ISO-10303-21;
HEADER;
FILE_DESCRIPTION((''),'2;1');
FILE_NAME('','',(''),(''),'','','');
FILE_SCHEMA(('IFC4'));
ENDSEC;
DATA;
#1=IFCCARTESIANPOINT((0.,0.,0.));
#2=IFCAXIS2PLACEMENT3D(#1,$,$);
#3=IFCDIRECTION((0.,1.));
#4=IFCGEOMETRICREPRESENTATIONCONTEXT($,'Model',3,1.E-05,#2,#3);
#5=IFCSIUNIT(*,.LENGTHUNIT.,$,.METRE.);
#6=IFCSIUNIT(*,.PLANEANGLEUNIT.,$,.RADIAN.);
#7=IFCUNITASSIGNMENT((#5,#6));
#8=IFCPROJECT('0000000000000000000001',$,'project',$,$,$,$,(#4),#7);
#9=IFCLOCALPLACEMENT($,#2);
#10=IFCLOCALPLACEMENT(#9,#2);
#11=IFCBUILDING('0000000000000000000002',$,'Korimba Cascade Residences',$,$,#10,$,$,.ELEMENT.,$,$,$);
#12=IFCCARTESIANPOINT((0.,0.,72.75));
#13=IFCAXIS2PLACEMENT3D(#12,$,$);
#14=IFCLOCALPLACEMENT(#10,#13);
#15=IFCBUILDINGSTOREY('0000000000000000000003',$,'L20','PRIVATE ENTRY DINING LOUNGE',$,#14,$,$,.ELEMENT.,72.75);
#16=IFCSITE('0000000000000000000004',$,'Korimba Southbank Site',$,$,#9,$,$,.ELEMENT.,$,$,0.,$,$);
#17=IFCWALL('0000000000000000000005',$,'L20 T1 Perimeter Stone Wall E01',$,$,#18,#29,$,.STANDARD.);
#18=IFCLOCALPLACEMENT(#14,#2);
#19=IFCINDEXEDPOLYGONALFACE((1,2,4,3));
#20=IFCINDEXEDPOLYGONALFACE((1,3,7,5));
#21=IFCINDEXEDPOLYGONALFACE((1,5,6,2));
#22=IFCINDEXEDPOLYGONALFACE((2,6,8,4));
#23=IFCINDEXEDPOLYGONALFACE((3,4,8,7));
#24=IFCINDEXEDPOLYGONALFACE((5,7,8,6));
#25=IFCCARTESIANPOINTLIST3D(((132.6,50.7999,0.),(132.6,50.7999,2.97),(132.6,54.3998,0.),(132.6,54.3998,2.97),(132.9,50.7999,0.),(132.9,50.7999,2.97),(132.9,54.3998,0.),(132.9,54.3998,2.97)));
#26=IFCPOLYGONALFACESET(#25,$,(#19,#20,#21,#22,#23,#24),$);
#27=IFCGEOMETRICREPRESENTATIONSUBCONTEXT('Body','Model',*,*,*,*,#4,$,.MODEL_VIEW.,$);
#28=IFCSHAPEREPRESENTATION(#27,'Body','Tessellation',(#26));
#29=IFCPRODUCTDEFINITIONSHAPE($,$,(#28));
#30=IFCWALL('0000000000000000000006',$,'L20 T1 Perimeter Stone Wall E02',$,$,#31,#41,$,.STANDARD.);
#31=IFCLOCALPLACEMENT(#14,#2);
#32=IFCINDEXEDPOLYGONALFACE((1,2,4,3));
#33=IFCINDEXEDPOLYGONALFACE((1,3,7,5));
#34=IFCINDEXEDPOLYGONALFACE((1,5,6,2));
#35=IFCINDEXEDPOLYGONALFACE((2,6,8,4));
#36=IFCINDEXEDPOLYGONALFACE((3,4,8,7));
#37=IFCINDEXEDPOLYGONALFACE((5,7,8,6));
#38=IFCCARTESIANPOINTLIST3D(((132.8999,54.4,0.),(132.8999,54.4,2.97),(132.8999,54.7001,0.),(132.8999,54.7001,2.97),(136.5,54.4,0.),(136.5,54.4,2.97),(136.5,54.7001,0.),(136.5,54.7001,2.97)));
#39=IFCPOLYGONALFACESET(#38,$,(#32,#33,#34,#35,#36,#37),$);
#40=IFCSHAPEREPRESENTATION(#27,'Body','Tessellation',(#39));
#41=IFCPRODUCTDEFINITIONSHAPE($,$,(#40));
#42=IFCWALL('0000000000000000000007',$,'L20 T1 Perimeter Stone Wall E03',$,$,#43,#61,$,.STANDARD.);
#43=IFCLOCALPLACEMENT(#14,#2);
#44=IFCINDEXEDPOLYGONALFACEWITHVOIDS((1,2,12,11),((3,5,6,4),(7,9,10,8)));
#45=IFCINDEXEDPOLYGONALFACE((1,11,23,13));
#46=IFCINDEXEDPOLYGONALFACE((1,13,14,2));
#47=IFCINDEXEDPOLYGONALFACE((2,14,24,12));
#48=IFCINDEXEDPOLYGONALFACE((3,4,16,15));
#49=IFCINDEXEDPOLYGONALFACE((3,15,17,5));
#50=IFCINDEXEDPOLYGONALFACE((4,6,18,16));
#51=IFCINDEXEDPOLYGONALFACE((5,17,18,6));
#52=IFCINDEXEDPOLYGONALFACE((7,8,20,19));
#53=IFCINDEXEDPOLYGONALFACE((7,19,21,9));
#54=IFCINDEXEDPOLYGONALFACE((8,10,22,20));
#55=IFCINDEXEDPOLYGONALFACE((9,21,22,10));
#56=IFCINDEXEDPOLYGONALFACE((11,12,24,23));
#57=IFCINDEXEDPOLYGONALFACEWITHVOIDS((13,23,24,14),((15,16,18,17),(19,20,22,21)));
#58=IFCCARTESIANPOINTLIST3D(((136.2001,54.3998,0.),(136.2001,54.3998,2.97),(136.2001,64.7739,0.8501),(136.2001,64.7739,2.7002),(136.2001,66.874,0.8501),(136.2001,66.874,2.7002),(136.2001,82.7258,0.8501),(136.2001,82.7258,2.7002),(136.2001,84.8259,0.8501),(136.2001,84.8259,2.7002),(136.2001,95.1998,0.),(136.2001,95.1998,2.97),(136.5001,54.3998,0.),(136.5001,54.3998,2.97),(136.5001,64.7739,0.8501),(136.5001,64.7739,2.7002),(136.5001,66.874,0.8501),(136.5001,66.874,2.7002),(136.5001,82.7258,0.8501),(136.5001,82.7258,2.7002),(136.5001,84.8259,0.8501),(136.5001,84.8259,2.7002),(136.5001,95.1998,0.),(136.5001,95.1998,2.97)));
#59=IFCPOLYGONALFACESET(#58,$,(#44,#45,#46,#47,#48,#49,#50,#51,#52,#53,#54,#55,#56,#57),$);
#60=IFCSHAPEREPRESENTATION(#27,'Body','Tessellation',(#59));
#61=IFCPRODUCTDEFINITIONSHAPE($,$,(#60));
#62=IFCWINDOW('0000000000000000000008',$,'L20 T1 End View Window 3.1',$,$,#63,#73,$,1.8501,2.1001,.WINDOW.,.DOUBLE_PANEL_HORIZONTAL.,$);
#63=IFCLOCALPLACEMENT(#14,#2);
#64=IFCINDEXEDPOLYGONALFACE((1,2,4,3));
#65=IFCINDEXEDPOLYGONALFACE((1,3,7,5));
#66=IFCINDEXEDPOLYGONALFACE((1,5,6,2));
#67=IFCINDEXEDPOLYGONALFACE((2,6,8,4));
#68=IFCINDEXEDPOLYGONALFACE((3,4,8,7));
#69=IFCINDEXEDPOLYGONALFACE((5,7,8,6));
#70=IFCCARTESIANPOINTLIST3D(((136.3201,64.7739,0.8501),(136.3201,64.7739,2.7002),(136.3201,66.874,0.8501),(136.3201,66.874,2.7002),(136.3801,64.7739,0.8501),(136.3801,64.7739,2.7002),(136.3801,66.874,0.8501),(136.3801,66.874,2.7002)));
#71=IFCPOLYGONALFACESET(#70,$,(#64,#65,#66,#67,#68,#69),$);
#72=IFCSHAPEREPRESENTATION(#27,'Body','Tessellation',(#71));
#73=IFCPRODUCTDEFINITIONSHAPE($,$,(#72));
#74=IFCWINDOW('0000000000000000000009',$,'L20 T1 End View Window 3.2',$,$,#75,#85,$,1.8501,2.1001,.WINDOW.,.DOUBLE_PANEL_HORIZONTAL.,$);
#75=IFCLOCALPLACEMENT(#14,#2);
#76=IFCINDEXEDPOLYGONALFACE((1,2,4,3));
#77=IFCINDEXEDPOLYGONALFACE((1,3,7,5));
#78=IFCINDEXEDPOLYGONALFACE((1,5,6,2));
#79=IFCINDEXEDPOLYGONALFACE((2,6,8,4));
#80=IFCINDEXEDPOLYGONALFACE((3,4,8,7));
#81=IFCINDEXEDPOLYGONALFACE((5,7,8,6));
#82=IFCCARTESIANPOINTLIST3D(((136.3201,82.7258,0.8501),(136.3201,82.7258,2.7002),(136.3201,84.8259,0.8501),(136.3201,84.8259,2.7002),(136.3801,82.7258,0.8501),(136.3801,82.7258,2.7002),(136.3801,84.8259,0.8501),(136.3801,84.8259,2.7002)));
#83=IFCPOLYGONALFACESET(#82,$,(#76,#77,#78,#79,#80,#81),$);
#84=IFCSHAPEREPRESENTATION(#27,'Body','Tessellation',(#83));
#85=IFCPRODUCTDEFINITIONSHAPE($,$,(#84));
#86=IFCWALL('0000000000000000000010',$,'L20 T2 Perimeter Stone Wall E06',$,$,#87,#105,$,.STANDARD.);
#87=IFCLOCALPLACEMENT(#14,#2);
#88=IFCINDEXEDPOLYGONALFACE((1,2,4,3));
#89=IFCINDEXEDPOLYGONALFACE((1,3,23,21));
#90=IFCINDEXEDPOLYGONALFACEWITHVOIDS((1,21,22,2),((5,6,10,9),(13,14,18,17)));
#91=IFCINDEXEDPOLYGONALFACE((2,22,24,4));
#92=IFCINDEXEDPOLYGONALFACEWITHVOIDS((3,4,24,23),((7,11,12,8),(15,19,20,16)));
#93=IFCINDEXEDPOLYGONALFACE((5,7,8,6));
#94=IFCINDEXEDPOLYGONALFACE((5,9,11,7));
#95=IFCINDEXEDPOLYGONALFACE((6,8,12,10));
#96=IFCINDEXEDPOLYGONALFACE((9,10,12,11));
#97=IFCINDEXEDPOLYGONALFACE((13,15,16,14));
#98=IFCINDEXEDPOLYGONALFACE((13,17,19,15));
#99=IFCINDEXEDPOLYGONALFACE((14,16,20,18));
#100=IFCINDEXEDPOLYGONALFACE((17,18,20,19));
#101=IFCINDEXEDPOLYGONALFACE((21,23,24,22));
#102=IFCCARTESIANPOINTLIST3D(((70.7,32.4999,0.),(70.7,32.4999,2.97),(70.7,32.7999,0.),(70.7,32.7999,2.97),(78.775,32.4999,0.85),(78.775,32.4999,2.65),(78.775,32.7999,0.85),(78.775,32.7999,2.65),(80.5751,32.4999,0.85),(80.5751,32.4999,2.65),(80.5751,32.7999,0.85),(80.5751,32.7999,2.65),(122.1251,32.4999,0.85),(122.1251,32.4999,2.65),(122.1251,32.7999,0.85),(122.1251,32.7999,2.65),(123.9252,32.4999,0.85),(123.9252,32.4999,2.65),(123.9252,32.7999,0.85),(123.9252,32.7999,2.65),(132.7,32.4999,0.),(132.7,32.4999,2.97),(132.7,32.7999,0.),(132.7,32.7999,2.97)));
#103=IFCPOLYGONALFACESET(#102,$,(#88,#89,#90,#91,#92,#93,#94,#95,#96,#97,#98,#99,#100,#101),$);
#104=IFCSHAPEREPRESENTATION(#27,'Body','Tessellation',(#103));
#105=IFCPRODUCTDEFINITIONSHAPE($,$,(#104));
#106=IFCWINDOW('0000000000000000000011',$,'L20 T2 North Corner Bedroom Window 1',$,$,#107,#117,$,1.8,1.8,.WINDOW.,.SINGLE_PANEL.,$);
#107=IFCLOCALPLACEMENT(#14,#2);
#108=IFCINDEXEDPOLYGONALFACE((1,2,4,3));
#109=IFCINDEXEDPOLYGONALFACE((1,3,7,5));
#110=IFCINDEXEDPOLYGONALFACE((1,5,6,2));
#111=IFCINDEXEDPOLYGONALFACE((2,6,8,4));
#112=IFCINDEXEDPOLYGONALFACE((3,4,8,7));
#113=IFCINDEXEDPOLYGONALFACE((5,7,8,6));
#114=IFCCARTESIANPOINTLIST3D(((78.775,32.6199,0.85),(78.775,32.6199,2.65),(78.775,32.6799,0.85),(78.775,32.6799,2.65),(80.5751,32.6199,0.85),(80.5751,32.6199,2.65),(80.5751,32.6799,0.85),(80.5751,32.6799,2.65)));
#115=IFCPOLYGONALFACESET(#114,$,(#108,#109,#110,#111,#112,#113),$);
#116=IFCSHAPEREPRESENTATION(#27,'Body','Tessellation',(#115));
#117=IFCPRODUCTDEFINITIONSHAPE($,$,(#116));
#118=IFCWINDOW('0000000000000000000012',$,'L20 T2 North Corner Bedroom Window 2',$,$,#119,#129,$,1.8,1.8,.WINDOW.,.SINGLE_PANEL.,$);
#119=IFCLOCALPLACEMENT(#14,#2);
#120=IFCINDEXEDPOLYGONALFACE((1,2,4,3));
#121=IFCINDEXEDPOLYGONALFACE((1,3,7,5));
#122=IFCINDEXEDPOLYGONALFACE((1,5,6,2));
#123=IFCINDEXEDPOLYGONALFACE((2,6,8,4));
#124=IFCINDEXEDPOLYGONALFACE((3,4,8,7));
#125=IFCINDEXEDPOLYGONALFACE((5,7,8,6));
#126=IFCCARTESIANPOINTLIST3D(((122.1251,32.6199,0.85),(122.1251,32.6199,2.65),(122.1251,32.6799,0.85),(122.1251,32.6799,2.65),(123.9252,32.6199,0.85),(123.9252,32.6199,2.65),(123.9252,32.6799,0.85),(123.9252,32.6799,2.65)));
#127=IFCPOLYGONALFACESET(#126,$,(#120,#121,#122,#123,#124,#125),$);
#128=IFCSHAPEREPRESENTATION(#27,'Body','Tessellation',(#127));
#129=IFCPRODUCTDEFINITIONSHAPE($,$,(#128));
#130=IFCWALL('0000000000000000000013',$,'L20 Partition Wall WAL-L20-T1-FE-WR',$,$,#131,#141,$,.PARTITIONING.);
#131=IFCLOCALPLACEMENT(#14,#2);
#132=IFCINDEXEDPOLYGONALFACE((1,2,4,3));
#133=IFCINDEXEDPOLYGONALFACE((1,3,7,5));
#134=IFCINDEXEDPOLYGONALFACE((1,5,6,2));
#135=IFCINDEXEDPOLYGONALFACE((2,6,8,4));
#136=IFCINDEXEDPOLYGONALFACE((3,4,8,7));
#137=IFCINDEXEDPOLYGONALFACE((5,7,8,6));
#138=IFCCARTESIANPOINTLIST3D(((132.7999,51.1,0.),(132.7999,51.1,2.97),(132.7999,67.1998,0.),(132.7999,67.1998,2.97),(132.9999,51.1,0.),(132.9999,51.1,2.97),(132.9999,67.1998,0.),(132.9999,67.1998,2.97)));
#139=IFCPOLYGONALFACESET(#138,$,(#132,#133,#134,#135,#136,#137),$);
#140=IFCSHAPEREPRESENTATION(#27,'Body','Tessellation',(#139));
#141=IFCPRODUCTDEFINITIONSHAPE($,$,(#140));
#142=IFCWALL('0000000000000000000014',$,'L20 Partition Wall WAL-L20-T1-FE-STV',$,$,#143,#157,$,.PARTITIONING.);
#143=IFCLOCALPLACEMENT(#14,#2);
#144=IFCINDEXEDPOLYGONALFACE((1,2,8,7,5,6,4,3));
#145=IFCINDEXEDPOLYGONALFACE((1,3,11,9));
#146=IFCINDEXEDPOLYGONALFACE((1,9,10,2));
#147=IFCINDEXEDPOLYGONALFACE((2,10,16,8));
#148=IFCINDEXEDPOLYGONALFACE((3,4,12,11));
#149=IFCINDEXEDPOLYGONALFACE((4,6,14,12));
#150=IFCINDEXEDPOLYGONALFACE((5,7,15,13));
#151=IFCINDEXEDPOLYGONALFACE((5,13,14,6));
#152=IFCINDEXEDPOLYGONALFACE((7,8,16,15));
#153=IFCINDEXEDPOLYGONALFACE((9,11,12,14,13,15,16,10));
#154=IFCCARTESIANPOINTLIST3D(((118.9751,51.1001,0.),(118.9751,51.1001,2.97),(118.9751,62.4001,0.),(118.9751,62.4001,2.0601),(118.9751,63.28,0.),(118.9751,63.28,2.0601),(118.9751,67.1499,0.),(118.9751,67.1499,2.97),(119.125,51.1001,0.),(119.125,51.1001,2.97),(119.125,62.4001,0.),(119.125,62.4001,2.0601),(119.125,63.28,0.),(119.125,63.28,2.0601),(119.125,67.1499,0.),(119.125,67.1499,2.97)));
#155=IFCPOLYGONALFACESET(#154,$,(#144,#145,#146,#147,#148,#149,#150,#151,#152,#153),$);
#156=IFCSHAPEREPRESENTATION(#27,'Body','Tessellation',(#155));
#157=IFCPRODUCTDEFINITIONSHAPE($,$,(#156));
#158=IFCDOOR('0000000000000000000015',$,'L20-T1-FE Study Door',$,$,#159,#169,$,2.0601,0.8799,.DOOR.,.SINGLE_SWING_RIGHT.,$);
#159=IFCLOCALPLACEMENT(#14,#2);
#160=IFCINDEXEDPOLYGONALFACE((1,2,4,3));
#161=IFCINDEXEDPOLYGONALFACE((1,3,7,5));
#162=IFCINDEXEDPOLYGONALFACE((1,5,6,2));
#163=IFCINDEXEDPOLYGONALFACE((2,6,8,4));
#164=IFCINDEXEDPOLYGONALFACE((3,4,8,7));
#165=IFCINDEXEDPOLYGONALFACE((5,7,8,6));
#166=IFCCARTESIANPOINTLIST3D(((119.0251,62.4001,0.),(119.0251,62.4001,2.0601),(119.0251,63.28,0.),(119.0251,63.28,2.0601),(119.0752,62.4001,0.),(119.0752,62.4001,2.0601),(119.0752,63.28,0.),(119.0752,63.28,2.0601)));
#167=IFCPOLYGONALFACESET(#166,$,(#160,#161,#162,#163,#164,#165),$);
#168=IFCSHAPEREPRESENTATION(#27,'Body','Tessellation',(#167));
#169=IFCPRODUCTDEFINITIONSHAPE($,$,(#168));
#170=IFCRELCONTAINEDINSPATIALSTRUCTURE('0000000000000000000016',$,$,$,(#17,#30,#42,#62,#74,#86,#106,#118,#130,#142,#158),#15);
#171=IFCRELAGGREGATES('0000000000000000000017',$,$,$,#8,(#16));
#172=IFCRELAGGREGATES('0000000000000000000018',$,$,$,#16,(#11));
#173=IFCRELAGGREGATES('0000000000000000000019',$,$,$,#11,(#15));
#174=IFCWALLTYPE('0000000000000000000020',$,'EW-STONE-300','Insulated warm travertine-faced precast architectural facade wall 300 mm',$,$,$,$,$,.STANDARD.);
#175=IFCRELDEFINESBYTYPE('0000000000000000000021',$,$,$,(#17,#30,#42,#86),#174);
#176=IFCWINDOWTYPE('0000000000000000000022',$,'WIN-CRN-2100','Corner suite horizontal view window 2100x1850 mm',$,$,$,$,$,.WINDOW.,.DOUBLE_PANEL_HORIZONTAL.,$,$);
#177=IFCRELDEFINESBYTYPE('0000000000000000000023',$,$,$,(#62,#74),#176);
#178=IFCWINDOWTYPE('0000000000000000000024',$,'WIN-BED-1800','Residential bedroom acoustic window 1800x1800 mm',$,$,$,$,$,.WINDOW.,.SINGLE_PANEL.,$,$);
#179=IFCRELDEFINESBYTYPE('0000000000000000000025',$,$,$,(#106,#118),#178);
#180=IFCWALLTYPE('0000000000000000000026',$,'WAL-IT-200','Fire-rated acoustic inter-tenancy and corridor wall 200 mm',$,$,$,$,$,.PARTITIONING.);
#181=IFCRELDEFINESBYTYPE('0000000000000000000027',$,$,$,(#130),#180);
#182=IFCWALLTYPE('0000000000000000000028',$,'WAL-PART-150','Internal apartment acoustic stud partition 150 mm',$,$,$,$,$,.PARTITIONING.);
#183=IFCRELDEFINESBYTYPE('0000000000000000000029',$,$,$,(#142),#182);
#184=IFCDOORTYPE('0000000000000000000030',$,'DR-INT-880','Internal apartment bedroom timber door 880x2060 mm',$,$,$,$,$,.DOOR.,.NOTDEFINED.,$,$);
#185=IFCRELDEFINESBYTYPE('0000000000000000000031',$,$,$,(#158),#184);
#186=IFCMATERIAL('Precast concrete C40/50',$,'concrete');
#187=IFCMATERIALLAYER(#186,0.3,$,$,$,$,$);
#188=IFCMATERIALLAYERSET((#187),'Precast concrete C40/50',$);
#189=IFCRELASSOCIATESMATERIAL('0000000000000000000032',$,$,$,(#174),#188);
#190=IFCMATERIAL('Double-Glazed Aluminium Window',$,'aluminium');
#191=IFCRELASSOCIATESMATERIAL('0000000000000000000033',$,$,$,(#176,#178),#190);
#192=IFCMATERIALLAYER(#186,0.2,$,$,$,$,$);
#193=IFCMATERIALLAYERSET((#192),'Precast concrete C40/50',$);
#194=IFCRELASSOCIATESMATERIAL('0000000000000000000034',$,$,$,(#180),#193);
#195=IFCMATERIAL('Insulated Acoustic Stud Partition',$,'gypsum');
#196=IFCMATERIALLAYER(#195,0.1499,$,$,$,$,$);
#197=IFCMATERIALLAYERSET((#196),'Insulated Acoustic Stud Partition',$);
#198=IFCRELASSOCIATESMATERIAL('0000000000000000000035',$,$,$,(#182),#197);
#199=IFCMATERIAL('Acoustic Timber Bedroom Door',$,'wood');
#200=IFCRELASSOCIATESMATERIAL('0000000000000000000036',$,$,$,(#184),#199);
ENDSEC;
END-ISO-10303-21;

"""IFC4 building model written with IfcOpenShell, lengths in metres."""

from ifc_helpers import new_model, si_unit, direction, frame, frame_2d, origin, place, context, subcontext, project, spatial, rectangle, extrude, material, layer, layer_set, type_object, element, fill, save


model = new_model("IFC4")

# Units and contexts
model_context = context("Model", 3, precision=1e-05, world=origin(), true_north=direction((0.0, 1.0)))
body_context = subcontext(model_context, "Body", "Model", "MODEL_VIEW")
ifc_project = project(units=[si_unit("LENGTHUNIT", "METRE"), si_unit("PLANEANGLEUNIT", "RADIAN")], contexts=[model_context])

# Site, building, storey
site_placement = place(None, origin())
site = spatial("IfcSite", under=ifc_project, at=site_placement, Name="Korimba Southbank Site", CompositionType="ELEMENT", RefElevation=0.0)
building_placement = place(site_placement, origin())
building = spatial("IfcBuilding", under=site, at=building_placement, Name="Korimba Cascade Residences", CompositionType="ELEMENT")
storey_placement = place(building_placement, frame((0.0, 0.0, 72.75)))
storey = spatial("IfcBuildingStorey", under=building, at=storey_placement, Name="L20", Description="PRIVATE ENTRY DINING LOUNGE", CompositionType="ELEMENT", Elevation=72.75)

# Walls
ifc_material_1 = material(Name="Precast concrete C40/50", Category="concrete")
ifc_layer_1 = layer(ifc_material_1, 0.3)
ifc_layer_set_1 = layer_set([ifc_layer_1], Name="Precast concrete C40/50")
wall_type_1 = type_object("IfcWallType", Name="EW-STONE-300", Description="Insulated warm travertine-faced precast architectural facade wall 300 mm", PredefinedType="STANDARD", material=ifc_layer_set_1)
wall_1_placement = place(storey_placement, frame((132.75, 50.8, 0.0), z_axis=(0.0, 0.0, 1.0), x_axis=(0.0, 1.0, 0.0)))
element("IfcWall", 1, at=wall_1_placement, inside=storey, type_object=wall_type_1, Name="L20 T1 Perimeter Stone Wall E01", PredefinedType="STANDARD", context=body_context, shape_type="SweptSolid", body=[
    extrude(rectangle(XDim=3.5999, YDim=0.3, at=frame_2d((1.7998, 0.0))), origin(), (0.0, 0.0, 1.0), 2.97),
])
wall_2_placement = place(storey_placement, frame((132.8999, 54.55, 0.0), z_axis=(0.0, 0.0, 1.0), x_axis=(1.0, 0.0, 0.0)))
element("IfcWall", 2, at=wall_2_placement, inside=storey, type_object=wall_type_1, Name="L20 T1 Perimeter Stone Wall E02", PredefinedType="STANDARD", context=body_context, shape_type="SweptSolid", body=[
    extrude(rectangle(XDim=3.6001, YDim=0.3, at=frame_2d((1.8, 0.0))), origin(), (0.0, 0.0, 1.0), 2.97),
])

# Walls, openings, windows
wall_3_placement = place(storey_placement, frame((136.3501, 54.3999, 0.0), z_axis=(0.0, 0.0, 1.0), x_axis=(0.0, 1.0, 0.0)))
wall_3 = element("IfcWall", 3, at=wall_3_placement, inside=storey, type_object=wall_type_1, Name="L20 T1 Perimeter Stone Wall E03", PredefinedType="STANDARD", context=body_context, shape_type="SweptSolid", body=[
    extrude(rectangle(XDim=40.8, YDim=0.3, at=frame_2d((20.3999, 0.0))), origin(), (0.0, 0.0, 1.0), 2.97),
])
opening_1_placement = place(wall_3_placement, frame((10.374, 0.0, 0.8501)))
opening_1 = element("IfcOpeningElement", 4, at=opening_1_placement, cuts=wall_3, PredefinedType="OPENING", context=body_context, shape_type="SweptSolid", body=[
    extrude(rectangle(XDim=2.1001, YDim=1.8501, at=frame_2d((1.05, 0.925))), frame((0.0, 0.1602, 0.0), z_axis=(0.0, -1.0, 0.0), x_axis=(1.0, 0.0, 0.0)), (0.0, 0.0, 1.0), 0.3201),
])
opening_2_placement = place(wall_3_placement, frame((28.3259, 0.0, 0.8501)))
opening_2 = element("IfcOpeningElement", 5, at=opening_2_placement, cuts=wall_3, PredefinedType="OPENING", context=body_context, shape_type="SweptSolid", body=[
    extrude(rectangle(XDim=2.1001, YDim=1.8501, at=frame_2d((1.05, 0.925))), frame((0.0, 0.1602, 0.0), z_axis=(0.0, -1.0, 0.0), x_axis=(1.0, 0.0, 0.0)), (0.0, 0.0, 1.0), 0.3201),
])
ifc_material_2 = material(Name="Double-Glazed Aluminium Window", Category="aluminium")
window_type_1 = type_object("IfcWindowType", Name="WIN-CRN-2100", Description="Corner suite horizontal view window 2100x1850 mm", PartitioningType="DOUBLE_PANEL_HORIZONTAL", PredefinedType="WINDOW", material=ifc_material_2)
window_1_placement = place(opening_1_placement, origin())
window_1 = element("IfcWindow", 6, at=window_1_placement, inside=storey, type_object=window_type_1, Name="L20 T1 End View Window 3.1", OverallHeight=1.8501, OverallWidth=2.1001, PartitioningType="DOUBLE_PANEL_HORIZONTAL", PredefinedType="WINDOW", context=body_context, shape_type="SweptSolid", body=[
    extrude(rectangle(XDim=2.1001, YDim=1.8501, at=frame_2d((1.05, 0.925))), frame((0.0, 0.03, 0.0), z_axis=(0.0, -1.0, 0.0), x_axis=(1.0, 0.0, 0.0)), (0.0, 0.0, 1.0), 0.0601),
])
fill(opening_1, window_1)
window_2_placement = place(opening_2_placement, origin())
window_2 = element("IfcWindow", 7, at=window_2_placement, inside=storey, type_object=window_type_1, Name="L20 T1 End View Window 3.2", OverallHeight=1.8501, OverallWidth=2.1001, PartitioningType="DOUBLE_PANEL_HORIZONTAL", PredefinedType="WINDOW", context=body_context, shape_type="SweptSolid", body=[
    extrude(rectangle(XDim=2.1001, YDim=1.8501, at=frame_2d((1.05, 0.925))), frame((0.0, 0.03, 0.0), z_axis=(0.0, -1.0, 0.0), x_axis=(1.0, 0.0, 0.0)), (0.0, 0.0, 1.0), 0.0601),
])
fill(opening_2, window_2)
wall_4_placement = place(storey_placement, frame((132.7, 32.6499, 0.0), z_axis=(0.0, 0.0, 1.0), x_axis=(-1.0, 0.0, 0.0)))
wall_4 = element("IfcWall", 8, at=wall_4_placement, inside=storey, type_object=wall_type_1, Name="L20 T2 Perimeter Stone Wall E06", PredefinedType="STANDARD", context=body_context, shape_type="SweptSolid", body=[
    extrude(rectangle(XDim=62.0, YDim=0.3, at=frame_2d((31.0, 0.0))), origin(), (0.0, 0.0, 1.0), 2.97),
])
opening_3_placement = place(wall_4_placement, frame((52.125, 0.0, 0.8501)))
opening_3 = element("IfcOpeningElement", 9, at=opening_3_placement, cuts=wall_4, PredefinedType="OPENING", context=body_context, shape_type="SweptSolid", body=[
    extrude(rectangle(XDim=1.8, YDim=1.8, at=frame_2d((0.8999, 0.8999))), frame((0.0, 0.1602, 0.0), z_axis=(0.0, -1.0, 0.0), x_axis=(1.0, 0.0, 0.0)), (0.0, 0.0, 1.0), 0.3201),
])
opening_4_placement = place(wall_4_placement, frame((8.7749, 0.0, 0.8501)))
opening_4 = element("IfcOpeningElement", 10, at=opening_4_placement, cuts=wall_4, PredefinedType="OPENING", context=body_context, shape_type="SweptSolid", body=[
    extrude(rectangle(XDim=1.8, YDim=1.8, at=frame_2d((0.8999, 0.8999))), frame((0.0, 0.1602, 0.0), z_axis=(0.0, -1.0, 0.0), x_axis=(1.0, 0.0, 0.0)), (0.0, 0.0, 1.0), 0.3201),
])
window_type_2 = type_object("IfcWindowType", Name="WIN-BED-1800", Description="Residential bedroom acoustic window 1800x1800 mm", PartitioningType="SINGLE_PANEL", PredefinedType="WINDOW", material=ifc_material_2)
window_3_placement = place(opening_3_placement, origin())
window_3 = element("IfcWindow", 11, at=window_3_placement, inside=storey, type_object=window_type_2, Name="L20 T2 North Corner Bedroom Window 1", OverallHeight=1.8, OverallWidth=1.8, PartitioningType="SINGLE_PANEL", PredefinedType="WINDOW", context=body_context, shape_type="SweptSolid", body=[
    extrude(rectangle(XDim=1.8, YDim=1.8, at=frame_2d((0.8999, 0.8999))), frame((0.0, 0.03, 0.0), z_axis=(0.0, -1.0, 0.0), x_axis=(1.0, 0.0, 0.0)), (0.0, 0.0, 1.0), 0.0601),
])
fill(opening_3, window_3)
window_4_placement = place(opening_4_placement, origin())
window_4 = element("IfcWindow", 12, at=window_4_placement, inside=storey, type_object=window_type_2, Name="L20 T2 North Corner Bedroom Window 2", OverallHeight=1.8, OverallWidth=1.8, PartitioningType="SINGLE_PANEL", PredefinedType="WINDOW", context=body_context, shape_type="SweptSolid", body=[
    extrude(rectangle(XDim=1.8, YDim=1.8, at=frame_2d((0.8999, 0.8999))), frame((0.0, 0.03, 0.0), z_axis=(0.0, -1.0, 0.0), x_axis=(1.0, 0.0, 0.0)), (0.0, 0.0, 1.0), 0.0601),
])
fill(opening_4, window_4)

# Wall
ifc_layer_2 = layer(ifc_material_1, 0.2)
ifc_layer_set_2 = layer_set([ifc_layer_2], Name="Precast concrete C40/50")
wall_type_2 = type_object("IfcWallType", Name="WAL-IT-200", Description="Fire-rated acoustic inter-tenancy and corridor wall 200 mm", PredefinedType="PARTITIONING", material=ifc_layer_set_2)
wall_5_placement = place(storey_placement, frame((132.8999, 51.1001, 0.0), z_axis=(0.0, 0.0, 1.0), x_axis=(0.0, 1.0, 0.0)))
element("IfcWall", 13, at=wall_5_placement, inside=storey, type_object=wall_type_2, Name="L20 Partition Wall WAL-L20-T1-FE-WR", PredefinedType="PARTITIONING", context=body_context, shape_type="SweptSolid", body=[
    extrude(rectangle(XDim=16.0999, YDim=0.2, at=frame_2d((8.0498, 0.0))), origin(), (0.0, 0.0, 1.0), 2.97),
])

# Wall, opening, door
ifc_material_3 = material(Name="Insulated Acoustic Stud Partition", Category="gypsum")
ifc_layer_3 = layer(ifc_material_3, 0.1499)
ifc_layer_set_3 = layer_set([ifc_layer_3], Name="Insulated Acoustic Stud Partition")
wall_type_3 = type_object("IfcWallType", Name="WAL-PART-150", Description="Internal apartment acoustic stud partition 150 mm", PredefinedType="PARTITIONING", material=ifc_layer_set_3)
wall_6_placement = place(storey_placement, frame((119.05, 51.1001, 0.0), z_axis=(0.0, 0.0, 1.0), x_axis=(0.0, 1.0, 0.0)))
wall_6 = element("IfcWall", 14, at=wall_6_placement, inside=storey, type_object=wall_type_3, Name="L20 Partition Wall WAL-L20-T1-FE-STV", PredefinedType="PARTITIONING", context=body_context, shape_type="SweptSolid", body=[
    extrude(rectangle(XDim=16.0498, YDim=0.1499, at=frame_2d((8.0249, 0.0))), origin(), (0.0, 0.0, 1.0), 2.97),
])
opening_5_placement = place(wall_6_placement, frame((11.3, 0.0, 0.0)))
opening_5 = element("IfcOpeningElement", 15, at=opening_5_placement, cuts=wall_6, PredefinedType="OPENING", context=body_context, shape_type="SweptSolid", body=[
    extrude(rectangle(XDim=0.8799, YDim=2.0601, at=frame_2d((0.4399, 1.03))), frame((0.0, 0.085, 0.0), z_axis=(0.0, -1.0, 0.0), x_axis=(1.0, 0.0, 0.0)), (0.0, 0.0, 1.0), 0.1699),
])
ifc_material_4 = material(Name="Acoustic Timber Bedroom Door", Category="wood")
door_type = type_object("IfcDoorType", Name="DR-INT-880", Description="Internal apartment bedroom timber door 880x2060 mm", OperationType="NOTDEFINED", PredefinedType="DOOR", material=ifc_material_4)
door_placement = place(opening_5_placement, origin())
door = element("IfcDoor", 16, at=door_placement, inside=storey, type_object=door_type, Name="L20-T1-FE Study Door", OperationType="SINGLE_SWING_RIGHT", OverallHeight=2.0601, OverallWidth=0.8799, PredefinedType="DOOR", context=body_context, shape_type="SweptSolid", body=[
    extrude(rectangle(XDim=0.8799, YDim=2.0601, at=frame_2d((0.4399, 1.03))), frame((0.0, 0.0249, 0.0), z_axis=(0.0, -1.0, 0.0), x_axis=(1.0, 0.0, 0.0)), (0.0, 0.0, 1.0), 0.05),
])
fill(opening_5, door)

save(model, "model.ifc")
